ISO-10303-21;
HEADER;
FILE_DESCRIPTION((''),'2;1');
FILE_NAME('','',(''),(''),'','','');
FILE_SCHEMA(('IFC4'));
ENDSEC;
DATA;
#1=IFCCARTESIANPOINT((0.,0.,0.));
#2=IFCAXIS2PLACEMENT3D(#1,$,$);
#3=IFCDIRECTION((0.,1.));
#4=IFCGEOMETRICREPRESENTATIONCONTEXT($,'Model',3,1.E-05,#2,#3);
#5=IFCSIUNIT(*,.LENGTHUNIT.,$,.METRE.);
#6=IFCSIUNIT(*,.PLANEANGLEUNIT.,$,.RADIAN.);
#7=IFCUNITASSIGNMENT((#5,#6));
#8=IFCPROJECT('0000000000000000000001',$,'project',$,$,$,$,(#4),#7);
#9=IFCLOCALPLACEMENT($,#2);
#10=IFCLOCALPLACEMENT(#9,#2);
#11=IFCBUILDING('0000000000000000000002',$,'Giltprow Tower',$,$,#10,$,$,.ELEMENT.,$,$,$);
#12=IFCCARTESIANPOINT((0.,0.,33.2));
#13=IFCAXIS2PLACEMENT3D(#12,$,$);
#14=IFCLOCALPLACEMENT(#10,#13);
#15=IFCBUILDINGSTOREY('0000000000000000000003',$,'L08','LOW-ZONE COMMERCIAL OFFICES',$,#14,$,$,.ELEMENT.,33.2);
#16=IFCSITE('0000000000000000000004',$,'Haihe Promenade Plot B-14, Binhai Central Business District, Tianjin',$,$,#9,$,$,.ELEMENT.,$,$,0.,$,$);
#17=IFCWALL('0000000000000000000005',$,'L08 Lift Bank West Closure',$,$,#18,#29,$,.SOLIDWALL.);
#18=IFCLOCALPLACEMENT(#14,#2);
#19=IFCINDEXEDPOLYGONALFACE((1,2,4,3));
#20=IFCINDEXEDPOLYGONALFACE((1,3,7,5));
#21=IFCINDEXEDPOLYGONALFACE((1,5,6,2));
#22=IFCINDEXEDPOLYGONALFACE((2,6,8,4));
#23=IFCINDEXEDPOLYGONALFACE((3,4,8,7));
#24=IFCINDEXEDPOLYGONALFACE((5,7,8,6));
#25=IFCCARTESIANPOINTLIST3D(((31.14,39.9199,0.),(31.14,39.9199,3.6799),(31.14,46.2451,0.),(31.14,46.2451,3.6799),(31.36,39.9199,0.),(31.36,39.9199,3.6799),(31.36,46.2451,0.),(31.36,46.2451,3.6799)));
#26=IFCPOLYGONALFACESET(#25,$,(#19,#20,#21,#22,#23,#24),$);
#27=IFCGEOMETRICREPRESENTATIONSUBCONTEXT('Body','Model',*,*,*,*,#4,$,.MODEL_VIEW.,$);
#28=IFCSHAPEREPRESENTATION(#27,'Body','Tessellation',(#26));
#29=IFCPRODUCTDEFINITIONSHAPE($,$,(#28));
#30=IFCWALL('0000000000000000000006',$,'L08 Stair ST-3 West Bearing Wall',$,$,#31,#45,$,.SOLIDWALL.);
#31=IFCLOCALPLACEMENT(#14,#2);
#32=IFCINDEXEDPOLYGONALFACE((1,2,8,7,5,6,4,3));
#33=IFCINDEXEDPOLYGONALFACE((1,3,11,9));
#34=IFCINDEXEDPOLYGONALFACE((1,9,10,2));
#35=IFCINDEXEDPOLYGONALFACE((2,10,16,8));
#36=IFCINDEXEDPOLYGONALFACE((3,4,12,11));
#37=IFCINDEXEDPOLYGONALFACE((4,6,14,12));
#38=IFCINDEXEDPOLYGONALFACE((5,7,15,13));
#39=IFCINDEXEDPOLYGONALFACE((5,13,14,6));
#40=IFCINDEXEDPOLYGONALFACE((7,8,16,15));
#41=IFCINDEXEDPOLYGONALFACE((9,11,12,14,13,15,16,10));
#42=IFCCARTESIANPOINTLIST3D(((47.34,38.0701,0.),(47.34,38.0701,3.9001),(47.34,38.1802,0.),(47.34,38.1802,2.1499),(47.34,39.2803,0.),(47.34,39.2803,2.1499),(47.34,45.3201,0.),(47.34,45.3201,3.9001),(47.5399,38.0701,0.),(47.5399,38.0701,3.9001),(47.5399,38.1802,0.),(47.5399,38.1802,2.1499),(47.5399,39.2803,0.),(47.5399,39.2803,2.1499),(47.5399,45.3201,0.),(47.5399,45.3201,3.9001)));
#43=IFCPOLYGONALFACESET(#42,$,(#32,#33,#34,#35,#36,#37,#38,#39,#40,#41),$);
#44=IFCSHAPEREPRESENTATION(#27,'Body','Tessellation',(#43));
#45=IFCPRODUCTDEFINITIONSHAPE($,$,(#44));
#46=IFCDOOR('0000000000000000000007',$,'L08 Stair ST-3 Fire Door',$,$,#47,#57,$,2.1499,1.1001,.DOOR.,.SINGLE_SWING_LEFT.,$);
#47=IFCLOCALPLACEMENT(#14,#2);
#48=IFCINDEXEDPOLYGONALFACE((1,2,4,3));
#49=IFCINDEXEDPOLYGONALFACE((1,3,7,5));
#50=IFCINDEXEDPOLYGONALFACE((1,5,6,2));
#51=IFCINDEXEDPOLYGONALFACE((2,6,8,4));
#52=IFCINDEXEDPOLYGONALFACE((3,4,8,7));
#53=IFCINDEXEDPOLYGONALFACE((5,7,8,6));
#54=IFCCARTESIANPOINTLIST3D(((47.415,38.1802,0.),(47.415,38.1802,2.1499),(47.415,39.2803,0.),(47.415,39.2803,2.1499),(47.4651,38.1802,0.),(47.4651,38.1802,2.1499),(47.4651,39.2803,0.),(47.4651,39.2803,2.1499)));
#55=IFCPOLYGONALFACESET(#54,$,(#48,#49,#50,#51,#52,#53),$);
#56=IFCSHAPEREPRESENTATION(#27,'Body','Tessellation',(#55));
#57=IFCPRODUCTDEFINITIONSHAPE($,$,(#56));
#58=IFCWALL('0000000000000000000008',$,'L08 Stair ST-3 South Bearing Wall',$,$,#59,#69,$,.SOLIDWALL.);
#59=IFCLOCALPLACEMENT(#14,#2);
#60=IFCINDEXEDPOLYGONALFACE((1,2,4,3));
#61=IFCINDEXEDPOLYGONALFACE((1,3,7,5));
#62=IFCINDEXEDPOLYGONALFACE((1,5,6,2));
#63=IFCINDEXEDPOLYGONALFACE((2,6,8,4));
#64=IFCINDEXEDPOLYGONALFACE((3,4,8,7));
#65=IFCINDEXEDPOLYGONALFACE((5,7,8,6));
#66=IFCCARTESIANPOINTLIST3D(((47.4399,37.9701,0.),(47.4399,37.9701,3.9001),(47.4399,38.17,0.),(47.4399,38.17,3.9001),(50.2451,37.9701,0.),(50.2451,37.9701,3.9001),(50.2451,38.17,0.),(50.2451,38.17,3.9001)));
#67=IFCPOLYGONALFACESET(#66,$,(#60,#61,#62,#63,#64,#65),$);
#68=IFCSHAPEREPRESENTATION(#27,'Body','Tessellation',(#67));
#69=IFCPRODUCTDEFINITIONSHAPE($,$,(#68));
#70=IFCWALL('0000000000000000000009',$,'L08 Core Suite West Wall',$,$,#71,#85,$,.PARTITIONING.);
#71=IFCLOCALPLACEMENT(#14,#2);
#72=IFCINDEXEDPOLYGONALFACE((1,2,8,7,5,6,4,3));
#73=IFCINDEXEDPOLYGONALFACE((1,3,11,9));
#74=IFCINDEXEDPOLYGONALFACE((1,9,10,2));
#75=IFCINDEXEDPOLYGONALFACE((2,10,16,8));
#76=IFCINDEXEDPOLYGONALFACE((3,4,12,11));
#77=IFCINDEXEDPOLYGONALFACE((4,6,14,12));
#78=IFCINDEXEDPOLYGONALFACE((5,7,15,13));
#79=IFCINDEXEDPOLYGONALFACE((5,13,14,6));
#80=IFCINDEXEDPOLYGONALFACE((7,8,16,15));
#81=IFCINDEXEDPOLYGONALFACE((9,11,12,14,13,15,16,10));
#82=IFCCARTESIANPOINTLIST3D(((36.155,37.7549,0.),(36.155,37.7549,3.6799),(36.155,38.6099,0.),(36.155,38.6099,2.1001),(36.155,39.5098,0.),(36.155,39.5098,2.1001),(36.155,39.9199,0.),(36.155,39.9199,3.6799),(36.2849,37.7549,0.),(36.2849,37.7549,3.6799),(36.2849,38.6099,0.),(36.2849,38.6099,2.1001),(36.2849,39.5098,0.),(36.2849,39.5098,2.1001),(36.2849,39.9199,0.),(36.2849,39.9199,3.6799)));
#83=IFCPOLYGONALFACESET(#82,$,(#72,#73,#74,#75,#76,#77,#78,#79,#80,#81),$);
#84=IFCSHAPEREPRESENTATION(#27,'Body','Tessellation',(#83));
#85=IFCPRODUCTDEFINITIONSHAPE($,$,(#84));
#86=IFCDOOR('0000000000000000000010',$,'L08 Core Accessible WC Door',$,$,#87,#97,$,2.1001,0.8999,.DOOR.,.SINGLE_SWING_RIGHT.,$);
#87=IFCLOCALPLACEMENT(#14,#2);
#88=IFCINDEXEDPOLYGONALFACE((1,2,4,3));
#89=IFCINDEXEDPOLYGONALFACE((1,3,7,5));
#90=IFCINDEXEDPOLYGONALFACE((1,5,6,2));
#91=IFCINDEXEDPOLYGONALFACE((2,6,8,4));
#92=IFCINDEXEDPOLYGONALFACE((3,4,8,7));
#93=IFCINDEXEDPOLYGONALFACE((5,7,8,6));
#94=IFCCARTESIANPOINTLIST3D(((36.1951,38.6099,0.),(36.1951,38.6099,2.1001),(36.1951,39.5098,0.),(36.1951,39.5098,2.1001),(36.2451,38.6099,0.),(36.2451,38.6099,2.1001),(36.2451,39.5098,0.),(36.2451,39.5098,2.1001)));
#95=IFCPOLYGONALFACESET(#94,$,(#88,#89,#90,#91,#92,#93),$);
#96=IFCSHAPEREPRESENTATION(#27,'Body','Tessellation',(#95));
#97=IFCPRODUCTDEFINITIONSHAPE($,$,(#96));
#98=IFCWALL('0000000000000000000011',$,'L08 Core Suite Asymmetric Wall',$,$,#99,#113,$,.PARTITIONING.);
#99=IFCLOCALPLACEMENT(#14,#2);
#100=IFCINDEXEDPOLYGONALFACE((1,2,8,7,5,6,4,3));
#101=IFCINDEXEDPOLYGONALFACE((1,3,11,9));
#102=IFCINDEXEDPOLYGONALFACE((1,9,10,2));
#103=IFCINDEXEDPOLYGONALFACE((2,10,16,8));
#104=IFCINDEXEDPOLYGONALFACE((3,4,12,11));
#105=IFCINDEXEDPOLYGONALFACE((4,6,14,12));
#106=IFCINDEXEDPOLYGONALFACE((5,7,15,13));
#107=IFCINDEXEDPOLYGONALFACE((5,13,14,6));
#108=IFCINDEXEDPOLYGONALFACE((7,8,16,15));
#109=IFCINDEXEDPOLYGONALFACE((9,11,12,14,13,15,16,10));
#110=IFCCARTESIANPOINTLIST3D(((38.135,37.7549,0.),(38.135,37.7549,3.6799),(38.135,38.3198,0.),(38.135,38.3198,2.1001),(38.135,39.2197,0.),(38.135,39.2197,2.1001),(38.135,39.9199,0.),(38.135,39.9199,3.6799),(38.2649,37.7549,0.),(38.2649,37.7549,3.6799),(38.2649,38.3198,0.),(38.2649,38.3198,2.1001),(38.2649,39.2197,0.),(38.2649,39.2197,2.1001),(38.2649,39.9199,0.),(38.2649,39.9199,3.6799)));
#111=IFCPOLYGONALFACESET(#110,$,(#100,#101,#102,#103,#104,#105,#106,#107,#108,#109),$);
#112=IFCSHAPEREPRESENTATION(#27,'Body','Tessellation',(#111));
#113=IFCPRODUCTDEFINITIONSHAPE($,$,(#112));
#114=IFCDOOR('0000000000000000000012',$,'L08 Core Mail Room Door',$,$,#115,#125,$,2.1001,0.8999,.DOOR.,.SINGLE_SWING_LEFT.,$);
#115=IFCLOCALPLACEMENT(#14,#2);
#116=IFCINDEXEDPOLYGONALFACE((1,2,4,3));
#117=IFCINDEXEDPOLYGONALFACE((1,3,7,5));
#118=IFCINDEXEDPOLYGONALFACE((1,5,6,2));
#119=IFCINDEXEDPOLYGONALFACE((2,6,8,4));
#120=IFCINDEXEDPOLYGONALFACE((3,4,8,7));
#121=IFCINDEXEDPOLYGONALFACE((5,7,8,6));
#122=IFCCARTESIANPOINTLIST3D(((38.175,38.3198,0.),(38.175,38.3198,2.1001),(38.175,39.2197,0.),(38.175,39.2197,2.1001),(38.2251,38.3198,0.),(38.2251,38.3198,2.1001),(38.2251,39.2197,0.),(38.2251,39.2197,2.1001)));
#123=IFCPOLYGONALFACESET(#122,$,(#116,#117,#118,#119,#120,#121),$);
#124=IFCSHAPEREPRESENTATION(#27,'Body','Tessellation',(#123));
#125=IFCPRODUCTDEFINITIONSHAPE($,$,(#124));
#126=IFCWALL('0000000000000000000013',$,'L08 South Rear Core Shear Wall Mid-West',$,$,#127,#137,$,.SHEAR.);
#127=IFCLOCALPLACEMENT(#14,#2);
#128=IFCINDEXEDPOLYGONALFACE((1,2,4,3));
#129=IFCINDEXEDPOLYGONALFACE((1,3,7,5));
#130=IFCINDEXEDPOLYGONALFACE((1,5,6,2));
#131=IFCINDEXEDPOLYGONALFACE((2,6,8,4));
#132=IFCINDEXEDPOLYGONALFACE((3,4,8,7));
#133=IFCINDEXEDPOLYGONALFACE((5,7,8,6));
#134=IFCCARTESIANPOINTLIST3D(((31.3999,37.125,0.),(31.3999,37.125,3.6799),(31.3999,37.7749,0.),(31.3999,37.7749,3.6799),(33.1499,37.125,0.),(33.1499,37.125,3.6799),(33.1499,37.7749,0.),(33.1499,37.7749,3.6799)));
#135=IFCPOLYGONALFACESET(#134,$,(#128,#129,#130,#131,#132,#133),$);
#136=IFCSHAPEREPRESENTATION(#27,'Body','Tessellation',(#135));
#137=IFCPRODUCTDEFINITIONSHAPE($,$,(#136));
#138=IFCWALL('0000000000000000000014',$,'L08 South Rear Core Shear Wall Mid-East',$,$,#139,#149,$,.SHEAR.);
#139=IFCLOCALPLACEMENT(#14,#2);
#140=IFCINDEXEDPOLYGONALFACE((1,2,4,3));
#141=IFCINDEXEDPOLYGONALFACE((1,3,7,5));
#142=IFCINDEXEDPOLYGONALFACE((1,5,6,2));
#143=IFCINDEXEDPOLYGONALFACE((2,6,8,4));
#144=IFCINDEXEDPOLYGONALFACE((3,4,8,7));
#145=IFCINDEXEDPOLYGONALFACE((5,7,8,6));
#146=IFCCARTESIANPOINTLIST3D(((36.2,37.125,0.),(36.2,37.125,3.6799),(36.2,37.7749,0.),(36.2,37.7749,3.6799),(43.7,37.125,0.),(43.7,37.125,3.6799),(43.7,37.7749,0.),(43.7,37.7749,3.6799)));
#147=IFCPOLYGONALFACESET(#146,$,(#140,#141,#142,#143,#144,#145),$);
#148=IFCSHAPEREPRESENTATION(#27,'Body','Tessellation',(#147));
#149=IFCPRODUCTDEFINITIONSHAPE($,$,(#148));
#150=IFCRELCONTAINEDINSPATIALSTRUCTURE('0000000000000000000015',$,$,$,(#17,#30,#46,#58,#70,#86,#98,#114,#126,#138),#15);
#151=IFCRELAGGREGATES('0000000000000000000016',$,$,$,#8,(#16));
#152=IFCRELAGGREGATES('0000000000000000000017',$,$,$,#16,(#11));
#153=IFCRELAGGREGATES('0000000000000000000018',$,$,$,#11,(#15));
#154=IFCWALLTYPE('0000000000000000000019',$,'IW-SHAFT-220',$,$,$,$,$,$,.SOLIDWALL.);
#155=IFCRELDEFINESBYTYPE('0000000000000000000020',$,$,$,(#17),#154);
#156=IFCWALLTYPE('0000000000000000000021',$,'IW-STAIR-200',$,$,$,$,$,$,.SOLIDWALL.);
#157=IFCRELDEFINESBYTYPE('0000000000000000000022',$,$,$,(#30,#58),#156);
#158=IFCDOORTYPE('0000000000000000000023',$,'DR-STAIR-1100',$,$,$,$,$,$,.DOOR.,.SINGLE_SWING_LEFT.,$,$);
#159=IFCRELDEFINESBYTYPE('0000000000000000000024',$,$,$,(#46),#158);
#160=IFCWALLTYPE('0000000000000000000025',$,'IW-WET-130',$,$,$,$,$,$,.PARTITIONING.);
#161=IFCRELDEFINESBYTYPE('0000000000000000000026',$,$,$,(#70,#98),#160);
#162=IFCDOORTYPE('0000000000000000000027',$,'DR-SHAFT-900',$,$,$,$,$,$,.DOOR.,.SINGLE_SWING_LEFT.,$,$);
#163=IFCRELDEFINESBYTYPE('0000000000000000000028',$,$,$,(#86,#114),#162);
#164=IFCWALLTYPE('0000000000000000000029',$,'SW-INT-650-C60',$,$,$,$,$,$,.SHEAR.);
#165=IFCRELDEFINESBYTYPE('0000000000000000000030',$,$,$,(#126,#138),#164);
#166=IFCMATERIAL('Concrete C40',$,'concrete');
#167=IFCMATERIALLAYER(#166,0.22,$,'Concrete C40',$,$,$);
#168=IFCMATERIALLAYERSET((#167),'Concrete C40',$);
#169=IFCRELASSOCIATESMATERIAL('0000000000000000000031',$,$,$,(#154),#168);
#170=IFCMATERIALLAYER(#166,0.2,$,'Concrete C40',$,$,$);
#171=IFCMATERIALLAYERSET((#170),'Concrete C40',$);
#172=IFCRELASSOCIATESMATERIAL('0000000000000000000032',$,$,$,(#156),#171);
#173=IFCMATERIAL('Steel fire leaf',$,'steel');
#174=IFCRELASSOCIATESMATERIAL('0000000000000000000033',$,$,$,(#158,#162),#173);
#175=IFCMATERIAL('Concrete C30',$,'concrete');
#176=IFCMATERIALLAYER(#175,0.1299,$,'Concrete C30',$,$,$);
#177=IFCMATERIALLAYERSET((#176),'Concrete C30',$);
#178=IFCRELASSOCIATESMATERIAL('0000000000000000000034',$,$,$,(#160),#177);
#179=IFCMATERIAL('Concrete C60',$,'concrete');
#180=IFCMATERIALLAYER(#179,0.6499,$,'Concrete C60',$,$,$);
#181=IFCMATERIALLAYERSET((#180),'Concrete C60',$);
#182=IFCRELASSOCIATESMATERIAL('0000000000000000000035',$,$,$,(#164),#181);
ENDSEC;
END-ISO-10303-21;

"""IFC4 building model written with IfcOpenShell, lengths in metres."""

from ifc_helpers import new_model, si_unit, direction, frame, frame_2d, origin, place, context, subcontext, project, spatial, rectangle, extrude, source, transform, mapped, material, layer, layer_set, type_object, element, fill, save


model = new_model("IFC4")

# Units and contexts
model_context = context("Model", 3, precision=1e-05, world=origin(), true_north=direction((0.0, 1.0)))
body_context = subcontext(model_context, "Body", "Model", "MODEL_VIEW")
ifc_project = project(units=[si_unit("LENGTHUNIT", "METRE"), si_unit("PLANEANGLEUNIT", "RADIAN")], contexts=[model_context])

# Site, building, storey
site_placement = place(None, origin())
site = spatial("IfcSite", under=ifc_project, at=site_placement, Name="Haihe Promenade Plot B-14, Binhai Central Business District, Tianjin", CompositionType="ELEMENT", RefElevation=0.0)
building_placement = place(site_placement, origin())
building = spatial("IfcBuilding", under=site, at=building_placement, Name="Giltprow Tower", CompositionType="ELEMENT")
storey_placement = place(building_placement, frame((0.0, 0.0, 33.2)))
storey = spatial("IfcBuildingStorey", under=building, at=storey_placement, Name="L08", Description="LOW-ZONE COMMERCIAL OFFICES", CompositionType="ELEMENT", Elevation=33.2)

# Shared definitions
ifc_material_1 = material(Name="Concrete C60", Category="concrete")

# Wall
ifc_material_2 = material(Name="Concrete C40", Category="concrete")
ifc_layer_1 = layer(ifc_material_2, 0.22, Name="Concrete C40")
ifc_layer_set_1 = layer_set([ifc_layer_1], Name="Concrete C40")
wall_type_1 = type_object("IfcWallType", Name="IW-SHAFT-220", PredefinedType="SOLIDWALL", material=ifc_layer_set_1)
wall_1_placement = place(storey_placement, frame((31.25, 39.9199, 0.0), z_axis=(0.0, 0.0, 1.0), x_axis=(0.0, 1.0, 0.0)))
element("IfcWall", 1, at=wall_1_placement, inside=storey, type_object=wall_type_1, Name="L08 Lift Bank West Closure", PredefinedType="SOLIDWALL", context=body_context, shape_type="SweptSolid", body=[
    extrude(rectangle(XDim=6.3252, YDim=0.22, at=frame_2d((3.1626, 0.0))), origin(), (0.0, 0.0, 1.0), 3.6799),
])

# Wall, opening, door
ifc_layer_2 = layer(ifc_material_2, 0.2, Name="Concrete C40")
ifc_layer_set_2 = layer_set([ifc_layer_2], Name="Concrete C40")
wall_type_2 = type_object("IfcWallType", Name="IW-STAIR-200", PredefinedType="SOLIDWALL", material=ifc_layer_set_2)
wall_2_placement = place(storey_placement, frame((47.4399, 38.0701, 0.0), z_axis=(0.0, 0.0, 1.0), x_axis=(0.0, 1.0, 0.0)))
wall_2 = element("IfcWall", 2, at=wall_2_placement, inside=storey, type_object=wall_type_2, Name="L08 Stair ST-3 West Bearing Wall", PredefinedType="SOLIDWALL", context=body_context, shape_type="SweptSolid", body=[
    extrude(rectangle(XDim=7.25, YDim=0.2, at=frame_2d((3.625, 0.0))), origin(), (0.0, 0.0, 1.0), 3.9001),
])
opening_1_placement = place(wall_2_placement, frame((0.1101, 0.0, 0.0)))
opening_1 = element("IfcOpeningElement", 3, at=opening_1_placement, cuts=wall_2, PredefinedType="OPENING", context=body_context, shape_type="SweptSolid", body=[
    extrude(rectangle(XDim=1.1001, YDim=2.1499, at=frame_2d((0.55, 1.075))), frame((0.0, 0.1099, 0.0), z_axis=(0.0, -1.0, 0.0), x_axis=(1.0, 0.0, 0.0)), (0.0, 0.0, 1.0), 0.22),
])
ifc_material_3 = material(Name="Steel fire leaf", Category="steel")
door_type_1 = type_object("IfcDoorType", Name="DR-STAIR-1100", OperationType="SINGLE_SWING_LEFT", PredefinedType="DOOR", material=ifc_material_3)
shared_shape_1 = source(origin(), body_context, "Body", "SweptSolid", [
    extrude(rectangle(XDim=1.1001, YDim=2.1499, at=frame_2d((0.55, 1.075))), frame((0.0, 0.0249, 0.0), z_axis=(0.0, -1.0, 0.0), x_axis=(1.0, 0.0, 0.0)), (0.0, 0.0, 1.0), 0.05),
])
door_1_placement = place(opening_1_placement, origin())
door_1 = element("IfcDoor", 4, at=door_1_placement, inside=storey, type_object=door_type_1, Name="L08 Stair ST-3 Fire Door", OperationType="SINGLE_SWING_LEFT", OverallHeight=2.1499, OverallWidth=1.1001, PredefinedType="DOOR", context=body_context, shape_type="MappedRepresentation", body=[
    mapped(shared_shape_1, transform((0.0, 0.0, 0.0), x_axis=(1.0, 0.0, 0.0), y_axis=(0.0, 1.0, 0.0), z_axis=(0.0, 0.0, 1.0), scale=1.0)),
])
fill(opening_1, door_1)

# Wall
wall_3_placement = place(storey_placement, frame((47.4399, 38.0701, 0.0), z_axis=(0.0, 0.0, 1.0), x_axis=(1.0, 0.0, 0.0)))
element("IfcWall", 5, at=wall_3_placement, inside=storey, type_object=wall_type_2, Name="L08 Stair ST-3 South Bearing Wall", PredefinedType="SOLIDWALL", context=body_context, shape_type="SweptSolid", body=[
    extrude(rectangle(XDim=2.8052, YDim=0.2, at=frame_2d((1.4026, 0.0))), origin(), (0.0, 0.0, 1.0), 3.9001),
])

# Walls, openings, doors
ifc_material_4 = material(Name="Concrete C30", Category="concrete")
ifc_layer_3 = layer(ifc_material_4, 0.1299, Name="Concrete C30")
ifc_layer_set_3 = layer_set([ifc_layer_3], Name="Concrete C30")
wall_type_3 = type_object("IfcWallType", Name="IW-WET-130", PredefinedType="PARTITIONING", material=ifc_layer_set_3)
wall_4_placement = place(storey_placement, frame((36.22, 37.7549, 0.0), z_axis=(0.0, 0.0, 1.0), x_axis=(0.0, 1.0, 0.0)))
wall_4 = element("IfcWall", 6, at=wall_4_placement, inside=storey, type_object=wall_type_3, Name="L08 Core Suite West Wall", PredefinedType="PARTITIONING", context=body_context, shape_type="SweptSolid", body=[
    extrude(rectangle(XDim=2.165, YDim=0.1299, at=frame_2d((1.0825, 0.0))), origin(), (0.0, 0.0, 1.0), 3.6799),
])
opening_2_placement = place(wall_4_placement, frame((0.855, 0.0, 0.0)))
opening_2 = element("IfcOpeningElement", 7, at=opening_2_placement, cuts=wall_4, PredefinedType="OPENING", context=body_context, shape_type="SweptSolid", body=[
    extrude(rectangle(XDim=0.8999, YDim=2.1001, at=frame_2d((0.45, 1.05))), frame((0.0, 0.075, 0.0), z_axis=(0.0, -1.0, 0.0), x_axis=(1.0, 0.0, 0.0)), (0.0, 0.0, 1.0), 0.1499),
])
door_type_2 = type_object("IfcDoorType", Name="DR-SHAFT-900", OperationType="SINGLE_SWING_LEFT", PredefinedType="DOOR", material=ifc_material_3)
shared_shape_2 = source(origin(), body_context, "Body", "SweptSolid", [
    extrude(rectangle(XDim=0.8999, YDim=2.1001, at=frame_2d((0.45, 1.05))), frame((0.0, 0.0249, 0.0), z_axis=(0.0, -1.0, 0.0), x_axis=(1.0, 0.0, 0.0)), (0.0, 0.0, 1.0), 0.05),
])
door_2_placement = place(opening_2_placement, origin())
door_2 = element("IfcDoor", 8, at=door_2_placement, inside=storey, type_object=door_type_2, Name="L08 Core Accessible WC Door", OperationType="SINGLE_SWING_RIGHT", OverallHeight=2.1001, OverallWidth=0.8999, PredefinedType="DOOR", context=body_context, shape_type="MappedRepresentation", body=[
    mapped(shared_shape_2, transform((0.0, 0.0, 0.0), x_axis=(1.0, 0.0, 0.0), y_axis=(0.0, 1.0, 0.0), z_axis=(0.0, 0.0, 1.0), scale=1.0)),
])
fill(opening_2, door_2)
wall_5_placement = place(storey_placement, frame((38.2, 37.7549, 0.0), z_axis=(0.0, 0.0, 1.0), x_axis=(0.0, 1.0, 0.0)))
wall_5 = element("IfcWall", 9, at=wall_5_placement, inside=storey, type_object=wall_type_3, Name="L08 Core Suite Asymmetric Wall", PredefinedType="PARTITIONING", context=body_context, shape_type="SweptSolid", body=[
    extrude(rectangle(XDim=2.165, YDim=0.1299, at=frame_2d((1.0825, 0.0))), origin(), (0.0, 0.0, 1.0), 3.6799),
])
opening_3_placement = place(wall_5_placement, frame((0.5649, 0.0, 0.0)))
opening_3 = element("IfcOpeningElement", 10, at=opening_3_placement, cuts=wall_5, PredefinedType="OPENING", context=body_context, shape_type="SweptSolid", body=[
    extrude(rectangle(XDim=0.8999, YDim=2.1001, at=frame_2d((0.45, 1.05))), frame((0.0, 0.075, 0.0), z_axis=(0.0, -1.0, 0.0), x_axis=(1.0, 0.0, 0.0)), (0.0, 0.0, 1.0), 0.1499),
])
door_3_placement = place(opening_3_placement, origin())
door_3 = element("IfcDoor", 11, at=door_3_placement, inside=storey, type_object=door_type_2, Name="L08 Core Mail Room Door", OperationType="SINGLE_SWING_LEFT", OverallHeight=2.1001, OverallWidth=0.8999, PredefinedType="DOOR", context=body_context, shape_type="MappedRepresentation", body=[
    mapped(shared_shape_2, transform((0.0, 0.0, 0.0), x_axis=(1.0, 0.0, 0.0), y_axis=(0.0, 1.0, 0.0), z_axis=(0.0, 0.0, 1.0), scale=1.0)),
])
fill(opening_3, door_3)

# Walls
ifc_layer_4 = layer(ifc_material_1, 0.6499, Name="Concrete C60")
ifc_layer_set_4 = layer_set([ifc_layer_4], Name="Concrete C60")
wall_type_4 = type_object("IfcWallType", Name="SW-INT-650-C60", PredefinedType="SHEAR", material=ifc_layer_set_4)
wall_6_placement = place(storey_placement, frame((31.3999, 37.45, 0.0), z_axis=(0.0, 0.0, 1.0), x_axis=(1.0, 0.0, 0.0)))
element("IfcWall", 12, at=wall_6_placement, inside=storey, type_object=wall_type_4, Name="L08 South Rear Core Shear Wall Mid-West", PredefinedType="SHEAR", context=body_context, shape_type="SweptSolid", body=[
    extrude(rectangle(XDim=1.75, YDim=0.6499, at=frame_2d((0.875, 0.0))), origin(), (0.0, 0.0, 1.0), 3.6799),
])
wall_7_placement = place(storey_placement, frame((36.2, 37.45, 0.0), z_axis=(0.0, 0.0, 1.0), x_axis=(1.0, 0.0, 0.0)))
element("IfcWall", 13, at=wall_7_placement, inside=storey, type_object=wall_type_4, Name="L08 South Rear Core Shear Wall Mid-East", PredefinedType="SHEAR", context=body_context, shape_type="SweptSolid", body=[
    extrude(rectangle(XDim=7.5, YDim=0.6499, at=frame_2d((3.75, 0.0))), origin(), (0.0, 0.0, 1.0), 3.6799),
])

save(model, "model.ifc")
